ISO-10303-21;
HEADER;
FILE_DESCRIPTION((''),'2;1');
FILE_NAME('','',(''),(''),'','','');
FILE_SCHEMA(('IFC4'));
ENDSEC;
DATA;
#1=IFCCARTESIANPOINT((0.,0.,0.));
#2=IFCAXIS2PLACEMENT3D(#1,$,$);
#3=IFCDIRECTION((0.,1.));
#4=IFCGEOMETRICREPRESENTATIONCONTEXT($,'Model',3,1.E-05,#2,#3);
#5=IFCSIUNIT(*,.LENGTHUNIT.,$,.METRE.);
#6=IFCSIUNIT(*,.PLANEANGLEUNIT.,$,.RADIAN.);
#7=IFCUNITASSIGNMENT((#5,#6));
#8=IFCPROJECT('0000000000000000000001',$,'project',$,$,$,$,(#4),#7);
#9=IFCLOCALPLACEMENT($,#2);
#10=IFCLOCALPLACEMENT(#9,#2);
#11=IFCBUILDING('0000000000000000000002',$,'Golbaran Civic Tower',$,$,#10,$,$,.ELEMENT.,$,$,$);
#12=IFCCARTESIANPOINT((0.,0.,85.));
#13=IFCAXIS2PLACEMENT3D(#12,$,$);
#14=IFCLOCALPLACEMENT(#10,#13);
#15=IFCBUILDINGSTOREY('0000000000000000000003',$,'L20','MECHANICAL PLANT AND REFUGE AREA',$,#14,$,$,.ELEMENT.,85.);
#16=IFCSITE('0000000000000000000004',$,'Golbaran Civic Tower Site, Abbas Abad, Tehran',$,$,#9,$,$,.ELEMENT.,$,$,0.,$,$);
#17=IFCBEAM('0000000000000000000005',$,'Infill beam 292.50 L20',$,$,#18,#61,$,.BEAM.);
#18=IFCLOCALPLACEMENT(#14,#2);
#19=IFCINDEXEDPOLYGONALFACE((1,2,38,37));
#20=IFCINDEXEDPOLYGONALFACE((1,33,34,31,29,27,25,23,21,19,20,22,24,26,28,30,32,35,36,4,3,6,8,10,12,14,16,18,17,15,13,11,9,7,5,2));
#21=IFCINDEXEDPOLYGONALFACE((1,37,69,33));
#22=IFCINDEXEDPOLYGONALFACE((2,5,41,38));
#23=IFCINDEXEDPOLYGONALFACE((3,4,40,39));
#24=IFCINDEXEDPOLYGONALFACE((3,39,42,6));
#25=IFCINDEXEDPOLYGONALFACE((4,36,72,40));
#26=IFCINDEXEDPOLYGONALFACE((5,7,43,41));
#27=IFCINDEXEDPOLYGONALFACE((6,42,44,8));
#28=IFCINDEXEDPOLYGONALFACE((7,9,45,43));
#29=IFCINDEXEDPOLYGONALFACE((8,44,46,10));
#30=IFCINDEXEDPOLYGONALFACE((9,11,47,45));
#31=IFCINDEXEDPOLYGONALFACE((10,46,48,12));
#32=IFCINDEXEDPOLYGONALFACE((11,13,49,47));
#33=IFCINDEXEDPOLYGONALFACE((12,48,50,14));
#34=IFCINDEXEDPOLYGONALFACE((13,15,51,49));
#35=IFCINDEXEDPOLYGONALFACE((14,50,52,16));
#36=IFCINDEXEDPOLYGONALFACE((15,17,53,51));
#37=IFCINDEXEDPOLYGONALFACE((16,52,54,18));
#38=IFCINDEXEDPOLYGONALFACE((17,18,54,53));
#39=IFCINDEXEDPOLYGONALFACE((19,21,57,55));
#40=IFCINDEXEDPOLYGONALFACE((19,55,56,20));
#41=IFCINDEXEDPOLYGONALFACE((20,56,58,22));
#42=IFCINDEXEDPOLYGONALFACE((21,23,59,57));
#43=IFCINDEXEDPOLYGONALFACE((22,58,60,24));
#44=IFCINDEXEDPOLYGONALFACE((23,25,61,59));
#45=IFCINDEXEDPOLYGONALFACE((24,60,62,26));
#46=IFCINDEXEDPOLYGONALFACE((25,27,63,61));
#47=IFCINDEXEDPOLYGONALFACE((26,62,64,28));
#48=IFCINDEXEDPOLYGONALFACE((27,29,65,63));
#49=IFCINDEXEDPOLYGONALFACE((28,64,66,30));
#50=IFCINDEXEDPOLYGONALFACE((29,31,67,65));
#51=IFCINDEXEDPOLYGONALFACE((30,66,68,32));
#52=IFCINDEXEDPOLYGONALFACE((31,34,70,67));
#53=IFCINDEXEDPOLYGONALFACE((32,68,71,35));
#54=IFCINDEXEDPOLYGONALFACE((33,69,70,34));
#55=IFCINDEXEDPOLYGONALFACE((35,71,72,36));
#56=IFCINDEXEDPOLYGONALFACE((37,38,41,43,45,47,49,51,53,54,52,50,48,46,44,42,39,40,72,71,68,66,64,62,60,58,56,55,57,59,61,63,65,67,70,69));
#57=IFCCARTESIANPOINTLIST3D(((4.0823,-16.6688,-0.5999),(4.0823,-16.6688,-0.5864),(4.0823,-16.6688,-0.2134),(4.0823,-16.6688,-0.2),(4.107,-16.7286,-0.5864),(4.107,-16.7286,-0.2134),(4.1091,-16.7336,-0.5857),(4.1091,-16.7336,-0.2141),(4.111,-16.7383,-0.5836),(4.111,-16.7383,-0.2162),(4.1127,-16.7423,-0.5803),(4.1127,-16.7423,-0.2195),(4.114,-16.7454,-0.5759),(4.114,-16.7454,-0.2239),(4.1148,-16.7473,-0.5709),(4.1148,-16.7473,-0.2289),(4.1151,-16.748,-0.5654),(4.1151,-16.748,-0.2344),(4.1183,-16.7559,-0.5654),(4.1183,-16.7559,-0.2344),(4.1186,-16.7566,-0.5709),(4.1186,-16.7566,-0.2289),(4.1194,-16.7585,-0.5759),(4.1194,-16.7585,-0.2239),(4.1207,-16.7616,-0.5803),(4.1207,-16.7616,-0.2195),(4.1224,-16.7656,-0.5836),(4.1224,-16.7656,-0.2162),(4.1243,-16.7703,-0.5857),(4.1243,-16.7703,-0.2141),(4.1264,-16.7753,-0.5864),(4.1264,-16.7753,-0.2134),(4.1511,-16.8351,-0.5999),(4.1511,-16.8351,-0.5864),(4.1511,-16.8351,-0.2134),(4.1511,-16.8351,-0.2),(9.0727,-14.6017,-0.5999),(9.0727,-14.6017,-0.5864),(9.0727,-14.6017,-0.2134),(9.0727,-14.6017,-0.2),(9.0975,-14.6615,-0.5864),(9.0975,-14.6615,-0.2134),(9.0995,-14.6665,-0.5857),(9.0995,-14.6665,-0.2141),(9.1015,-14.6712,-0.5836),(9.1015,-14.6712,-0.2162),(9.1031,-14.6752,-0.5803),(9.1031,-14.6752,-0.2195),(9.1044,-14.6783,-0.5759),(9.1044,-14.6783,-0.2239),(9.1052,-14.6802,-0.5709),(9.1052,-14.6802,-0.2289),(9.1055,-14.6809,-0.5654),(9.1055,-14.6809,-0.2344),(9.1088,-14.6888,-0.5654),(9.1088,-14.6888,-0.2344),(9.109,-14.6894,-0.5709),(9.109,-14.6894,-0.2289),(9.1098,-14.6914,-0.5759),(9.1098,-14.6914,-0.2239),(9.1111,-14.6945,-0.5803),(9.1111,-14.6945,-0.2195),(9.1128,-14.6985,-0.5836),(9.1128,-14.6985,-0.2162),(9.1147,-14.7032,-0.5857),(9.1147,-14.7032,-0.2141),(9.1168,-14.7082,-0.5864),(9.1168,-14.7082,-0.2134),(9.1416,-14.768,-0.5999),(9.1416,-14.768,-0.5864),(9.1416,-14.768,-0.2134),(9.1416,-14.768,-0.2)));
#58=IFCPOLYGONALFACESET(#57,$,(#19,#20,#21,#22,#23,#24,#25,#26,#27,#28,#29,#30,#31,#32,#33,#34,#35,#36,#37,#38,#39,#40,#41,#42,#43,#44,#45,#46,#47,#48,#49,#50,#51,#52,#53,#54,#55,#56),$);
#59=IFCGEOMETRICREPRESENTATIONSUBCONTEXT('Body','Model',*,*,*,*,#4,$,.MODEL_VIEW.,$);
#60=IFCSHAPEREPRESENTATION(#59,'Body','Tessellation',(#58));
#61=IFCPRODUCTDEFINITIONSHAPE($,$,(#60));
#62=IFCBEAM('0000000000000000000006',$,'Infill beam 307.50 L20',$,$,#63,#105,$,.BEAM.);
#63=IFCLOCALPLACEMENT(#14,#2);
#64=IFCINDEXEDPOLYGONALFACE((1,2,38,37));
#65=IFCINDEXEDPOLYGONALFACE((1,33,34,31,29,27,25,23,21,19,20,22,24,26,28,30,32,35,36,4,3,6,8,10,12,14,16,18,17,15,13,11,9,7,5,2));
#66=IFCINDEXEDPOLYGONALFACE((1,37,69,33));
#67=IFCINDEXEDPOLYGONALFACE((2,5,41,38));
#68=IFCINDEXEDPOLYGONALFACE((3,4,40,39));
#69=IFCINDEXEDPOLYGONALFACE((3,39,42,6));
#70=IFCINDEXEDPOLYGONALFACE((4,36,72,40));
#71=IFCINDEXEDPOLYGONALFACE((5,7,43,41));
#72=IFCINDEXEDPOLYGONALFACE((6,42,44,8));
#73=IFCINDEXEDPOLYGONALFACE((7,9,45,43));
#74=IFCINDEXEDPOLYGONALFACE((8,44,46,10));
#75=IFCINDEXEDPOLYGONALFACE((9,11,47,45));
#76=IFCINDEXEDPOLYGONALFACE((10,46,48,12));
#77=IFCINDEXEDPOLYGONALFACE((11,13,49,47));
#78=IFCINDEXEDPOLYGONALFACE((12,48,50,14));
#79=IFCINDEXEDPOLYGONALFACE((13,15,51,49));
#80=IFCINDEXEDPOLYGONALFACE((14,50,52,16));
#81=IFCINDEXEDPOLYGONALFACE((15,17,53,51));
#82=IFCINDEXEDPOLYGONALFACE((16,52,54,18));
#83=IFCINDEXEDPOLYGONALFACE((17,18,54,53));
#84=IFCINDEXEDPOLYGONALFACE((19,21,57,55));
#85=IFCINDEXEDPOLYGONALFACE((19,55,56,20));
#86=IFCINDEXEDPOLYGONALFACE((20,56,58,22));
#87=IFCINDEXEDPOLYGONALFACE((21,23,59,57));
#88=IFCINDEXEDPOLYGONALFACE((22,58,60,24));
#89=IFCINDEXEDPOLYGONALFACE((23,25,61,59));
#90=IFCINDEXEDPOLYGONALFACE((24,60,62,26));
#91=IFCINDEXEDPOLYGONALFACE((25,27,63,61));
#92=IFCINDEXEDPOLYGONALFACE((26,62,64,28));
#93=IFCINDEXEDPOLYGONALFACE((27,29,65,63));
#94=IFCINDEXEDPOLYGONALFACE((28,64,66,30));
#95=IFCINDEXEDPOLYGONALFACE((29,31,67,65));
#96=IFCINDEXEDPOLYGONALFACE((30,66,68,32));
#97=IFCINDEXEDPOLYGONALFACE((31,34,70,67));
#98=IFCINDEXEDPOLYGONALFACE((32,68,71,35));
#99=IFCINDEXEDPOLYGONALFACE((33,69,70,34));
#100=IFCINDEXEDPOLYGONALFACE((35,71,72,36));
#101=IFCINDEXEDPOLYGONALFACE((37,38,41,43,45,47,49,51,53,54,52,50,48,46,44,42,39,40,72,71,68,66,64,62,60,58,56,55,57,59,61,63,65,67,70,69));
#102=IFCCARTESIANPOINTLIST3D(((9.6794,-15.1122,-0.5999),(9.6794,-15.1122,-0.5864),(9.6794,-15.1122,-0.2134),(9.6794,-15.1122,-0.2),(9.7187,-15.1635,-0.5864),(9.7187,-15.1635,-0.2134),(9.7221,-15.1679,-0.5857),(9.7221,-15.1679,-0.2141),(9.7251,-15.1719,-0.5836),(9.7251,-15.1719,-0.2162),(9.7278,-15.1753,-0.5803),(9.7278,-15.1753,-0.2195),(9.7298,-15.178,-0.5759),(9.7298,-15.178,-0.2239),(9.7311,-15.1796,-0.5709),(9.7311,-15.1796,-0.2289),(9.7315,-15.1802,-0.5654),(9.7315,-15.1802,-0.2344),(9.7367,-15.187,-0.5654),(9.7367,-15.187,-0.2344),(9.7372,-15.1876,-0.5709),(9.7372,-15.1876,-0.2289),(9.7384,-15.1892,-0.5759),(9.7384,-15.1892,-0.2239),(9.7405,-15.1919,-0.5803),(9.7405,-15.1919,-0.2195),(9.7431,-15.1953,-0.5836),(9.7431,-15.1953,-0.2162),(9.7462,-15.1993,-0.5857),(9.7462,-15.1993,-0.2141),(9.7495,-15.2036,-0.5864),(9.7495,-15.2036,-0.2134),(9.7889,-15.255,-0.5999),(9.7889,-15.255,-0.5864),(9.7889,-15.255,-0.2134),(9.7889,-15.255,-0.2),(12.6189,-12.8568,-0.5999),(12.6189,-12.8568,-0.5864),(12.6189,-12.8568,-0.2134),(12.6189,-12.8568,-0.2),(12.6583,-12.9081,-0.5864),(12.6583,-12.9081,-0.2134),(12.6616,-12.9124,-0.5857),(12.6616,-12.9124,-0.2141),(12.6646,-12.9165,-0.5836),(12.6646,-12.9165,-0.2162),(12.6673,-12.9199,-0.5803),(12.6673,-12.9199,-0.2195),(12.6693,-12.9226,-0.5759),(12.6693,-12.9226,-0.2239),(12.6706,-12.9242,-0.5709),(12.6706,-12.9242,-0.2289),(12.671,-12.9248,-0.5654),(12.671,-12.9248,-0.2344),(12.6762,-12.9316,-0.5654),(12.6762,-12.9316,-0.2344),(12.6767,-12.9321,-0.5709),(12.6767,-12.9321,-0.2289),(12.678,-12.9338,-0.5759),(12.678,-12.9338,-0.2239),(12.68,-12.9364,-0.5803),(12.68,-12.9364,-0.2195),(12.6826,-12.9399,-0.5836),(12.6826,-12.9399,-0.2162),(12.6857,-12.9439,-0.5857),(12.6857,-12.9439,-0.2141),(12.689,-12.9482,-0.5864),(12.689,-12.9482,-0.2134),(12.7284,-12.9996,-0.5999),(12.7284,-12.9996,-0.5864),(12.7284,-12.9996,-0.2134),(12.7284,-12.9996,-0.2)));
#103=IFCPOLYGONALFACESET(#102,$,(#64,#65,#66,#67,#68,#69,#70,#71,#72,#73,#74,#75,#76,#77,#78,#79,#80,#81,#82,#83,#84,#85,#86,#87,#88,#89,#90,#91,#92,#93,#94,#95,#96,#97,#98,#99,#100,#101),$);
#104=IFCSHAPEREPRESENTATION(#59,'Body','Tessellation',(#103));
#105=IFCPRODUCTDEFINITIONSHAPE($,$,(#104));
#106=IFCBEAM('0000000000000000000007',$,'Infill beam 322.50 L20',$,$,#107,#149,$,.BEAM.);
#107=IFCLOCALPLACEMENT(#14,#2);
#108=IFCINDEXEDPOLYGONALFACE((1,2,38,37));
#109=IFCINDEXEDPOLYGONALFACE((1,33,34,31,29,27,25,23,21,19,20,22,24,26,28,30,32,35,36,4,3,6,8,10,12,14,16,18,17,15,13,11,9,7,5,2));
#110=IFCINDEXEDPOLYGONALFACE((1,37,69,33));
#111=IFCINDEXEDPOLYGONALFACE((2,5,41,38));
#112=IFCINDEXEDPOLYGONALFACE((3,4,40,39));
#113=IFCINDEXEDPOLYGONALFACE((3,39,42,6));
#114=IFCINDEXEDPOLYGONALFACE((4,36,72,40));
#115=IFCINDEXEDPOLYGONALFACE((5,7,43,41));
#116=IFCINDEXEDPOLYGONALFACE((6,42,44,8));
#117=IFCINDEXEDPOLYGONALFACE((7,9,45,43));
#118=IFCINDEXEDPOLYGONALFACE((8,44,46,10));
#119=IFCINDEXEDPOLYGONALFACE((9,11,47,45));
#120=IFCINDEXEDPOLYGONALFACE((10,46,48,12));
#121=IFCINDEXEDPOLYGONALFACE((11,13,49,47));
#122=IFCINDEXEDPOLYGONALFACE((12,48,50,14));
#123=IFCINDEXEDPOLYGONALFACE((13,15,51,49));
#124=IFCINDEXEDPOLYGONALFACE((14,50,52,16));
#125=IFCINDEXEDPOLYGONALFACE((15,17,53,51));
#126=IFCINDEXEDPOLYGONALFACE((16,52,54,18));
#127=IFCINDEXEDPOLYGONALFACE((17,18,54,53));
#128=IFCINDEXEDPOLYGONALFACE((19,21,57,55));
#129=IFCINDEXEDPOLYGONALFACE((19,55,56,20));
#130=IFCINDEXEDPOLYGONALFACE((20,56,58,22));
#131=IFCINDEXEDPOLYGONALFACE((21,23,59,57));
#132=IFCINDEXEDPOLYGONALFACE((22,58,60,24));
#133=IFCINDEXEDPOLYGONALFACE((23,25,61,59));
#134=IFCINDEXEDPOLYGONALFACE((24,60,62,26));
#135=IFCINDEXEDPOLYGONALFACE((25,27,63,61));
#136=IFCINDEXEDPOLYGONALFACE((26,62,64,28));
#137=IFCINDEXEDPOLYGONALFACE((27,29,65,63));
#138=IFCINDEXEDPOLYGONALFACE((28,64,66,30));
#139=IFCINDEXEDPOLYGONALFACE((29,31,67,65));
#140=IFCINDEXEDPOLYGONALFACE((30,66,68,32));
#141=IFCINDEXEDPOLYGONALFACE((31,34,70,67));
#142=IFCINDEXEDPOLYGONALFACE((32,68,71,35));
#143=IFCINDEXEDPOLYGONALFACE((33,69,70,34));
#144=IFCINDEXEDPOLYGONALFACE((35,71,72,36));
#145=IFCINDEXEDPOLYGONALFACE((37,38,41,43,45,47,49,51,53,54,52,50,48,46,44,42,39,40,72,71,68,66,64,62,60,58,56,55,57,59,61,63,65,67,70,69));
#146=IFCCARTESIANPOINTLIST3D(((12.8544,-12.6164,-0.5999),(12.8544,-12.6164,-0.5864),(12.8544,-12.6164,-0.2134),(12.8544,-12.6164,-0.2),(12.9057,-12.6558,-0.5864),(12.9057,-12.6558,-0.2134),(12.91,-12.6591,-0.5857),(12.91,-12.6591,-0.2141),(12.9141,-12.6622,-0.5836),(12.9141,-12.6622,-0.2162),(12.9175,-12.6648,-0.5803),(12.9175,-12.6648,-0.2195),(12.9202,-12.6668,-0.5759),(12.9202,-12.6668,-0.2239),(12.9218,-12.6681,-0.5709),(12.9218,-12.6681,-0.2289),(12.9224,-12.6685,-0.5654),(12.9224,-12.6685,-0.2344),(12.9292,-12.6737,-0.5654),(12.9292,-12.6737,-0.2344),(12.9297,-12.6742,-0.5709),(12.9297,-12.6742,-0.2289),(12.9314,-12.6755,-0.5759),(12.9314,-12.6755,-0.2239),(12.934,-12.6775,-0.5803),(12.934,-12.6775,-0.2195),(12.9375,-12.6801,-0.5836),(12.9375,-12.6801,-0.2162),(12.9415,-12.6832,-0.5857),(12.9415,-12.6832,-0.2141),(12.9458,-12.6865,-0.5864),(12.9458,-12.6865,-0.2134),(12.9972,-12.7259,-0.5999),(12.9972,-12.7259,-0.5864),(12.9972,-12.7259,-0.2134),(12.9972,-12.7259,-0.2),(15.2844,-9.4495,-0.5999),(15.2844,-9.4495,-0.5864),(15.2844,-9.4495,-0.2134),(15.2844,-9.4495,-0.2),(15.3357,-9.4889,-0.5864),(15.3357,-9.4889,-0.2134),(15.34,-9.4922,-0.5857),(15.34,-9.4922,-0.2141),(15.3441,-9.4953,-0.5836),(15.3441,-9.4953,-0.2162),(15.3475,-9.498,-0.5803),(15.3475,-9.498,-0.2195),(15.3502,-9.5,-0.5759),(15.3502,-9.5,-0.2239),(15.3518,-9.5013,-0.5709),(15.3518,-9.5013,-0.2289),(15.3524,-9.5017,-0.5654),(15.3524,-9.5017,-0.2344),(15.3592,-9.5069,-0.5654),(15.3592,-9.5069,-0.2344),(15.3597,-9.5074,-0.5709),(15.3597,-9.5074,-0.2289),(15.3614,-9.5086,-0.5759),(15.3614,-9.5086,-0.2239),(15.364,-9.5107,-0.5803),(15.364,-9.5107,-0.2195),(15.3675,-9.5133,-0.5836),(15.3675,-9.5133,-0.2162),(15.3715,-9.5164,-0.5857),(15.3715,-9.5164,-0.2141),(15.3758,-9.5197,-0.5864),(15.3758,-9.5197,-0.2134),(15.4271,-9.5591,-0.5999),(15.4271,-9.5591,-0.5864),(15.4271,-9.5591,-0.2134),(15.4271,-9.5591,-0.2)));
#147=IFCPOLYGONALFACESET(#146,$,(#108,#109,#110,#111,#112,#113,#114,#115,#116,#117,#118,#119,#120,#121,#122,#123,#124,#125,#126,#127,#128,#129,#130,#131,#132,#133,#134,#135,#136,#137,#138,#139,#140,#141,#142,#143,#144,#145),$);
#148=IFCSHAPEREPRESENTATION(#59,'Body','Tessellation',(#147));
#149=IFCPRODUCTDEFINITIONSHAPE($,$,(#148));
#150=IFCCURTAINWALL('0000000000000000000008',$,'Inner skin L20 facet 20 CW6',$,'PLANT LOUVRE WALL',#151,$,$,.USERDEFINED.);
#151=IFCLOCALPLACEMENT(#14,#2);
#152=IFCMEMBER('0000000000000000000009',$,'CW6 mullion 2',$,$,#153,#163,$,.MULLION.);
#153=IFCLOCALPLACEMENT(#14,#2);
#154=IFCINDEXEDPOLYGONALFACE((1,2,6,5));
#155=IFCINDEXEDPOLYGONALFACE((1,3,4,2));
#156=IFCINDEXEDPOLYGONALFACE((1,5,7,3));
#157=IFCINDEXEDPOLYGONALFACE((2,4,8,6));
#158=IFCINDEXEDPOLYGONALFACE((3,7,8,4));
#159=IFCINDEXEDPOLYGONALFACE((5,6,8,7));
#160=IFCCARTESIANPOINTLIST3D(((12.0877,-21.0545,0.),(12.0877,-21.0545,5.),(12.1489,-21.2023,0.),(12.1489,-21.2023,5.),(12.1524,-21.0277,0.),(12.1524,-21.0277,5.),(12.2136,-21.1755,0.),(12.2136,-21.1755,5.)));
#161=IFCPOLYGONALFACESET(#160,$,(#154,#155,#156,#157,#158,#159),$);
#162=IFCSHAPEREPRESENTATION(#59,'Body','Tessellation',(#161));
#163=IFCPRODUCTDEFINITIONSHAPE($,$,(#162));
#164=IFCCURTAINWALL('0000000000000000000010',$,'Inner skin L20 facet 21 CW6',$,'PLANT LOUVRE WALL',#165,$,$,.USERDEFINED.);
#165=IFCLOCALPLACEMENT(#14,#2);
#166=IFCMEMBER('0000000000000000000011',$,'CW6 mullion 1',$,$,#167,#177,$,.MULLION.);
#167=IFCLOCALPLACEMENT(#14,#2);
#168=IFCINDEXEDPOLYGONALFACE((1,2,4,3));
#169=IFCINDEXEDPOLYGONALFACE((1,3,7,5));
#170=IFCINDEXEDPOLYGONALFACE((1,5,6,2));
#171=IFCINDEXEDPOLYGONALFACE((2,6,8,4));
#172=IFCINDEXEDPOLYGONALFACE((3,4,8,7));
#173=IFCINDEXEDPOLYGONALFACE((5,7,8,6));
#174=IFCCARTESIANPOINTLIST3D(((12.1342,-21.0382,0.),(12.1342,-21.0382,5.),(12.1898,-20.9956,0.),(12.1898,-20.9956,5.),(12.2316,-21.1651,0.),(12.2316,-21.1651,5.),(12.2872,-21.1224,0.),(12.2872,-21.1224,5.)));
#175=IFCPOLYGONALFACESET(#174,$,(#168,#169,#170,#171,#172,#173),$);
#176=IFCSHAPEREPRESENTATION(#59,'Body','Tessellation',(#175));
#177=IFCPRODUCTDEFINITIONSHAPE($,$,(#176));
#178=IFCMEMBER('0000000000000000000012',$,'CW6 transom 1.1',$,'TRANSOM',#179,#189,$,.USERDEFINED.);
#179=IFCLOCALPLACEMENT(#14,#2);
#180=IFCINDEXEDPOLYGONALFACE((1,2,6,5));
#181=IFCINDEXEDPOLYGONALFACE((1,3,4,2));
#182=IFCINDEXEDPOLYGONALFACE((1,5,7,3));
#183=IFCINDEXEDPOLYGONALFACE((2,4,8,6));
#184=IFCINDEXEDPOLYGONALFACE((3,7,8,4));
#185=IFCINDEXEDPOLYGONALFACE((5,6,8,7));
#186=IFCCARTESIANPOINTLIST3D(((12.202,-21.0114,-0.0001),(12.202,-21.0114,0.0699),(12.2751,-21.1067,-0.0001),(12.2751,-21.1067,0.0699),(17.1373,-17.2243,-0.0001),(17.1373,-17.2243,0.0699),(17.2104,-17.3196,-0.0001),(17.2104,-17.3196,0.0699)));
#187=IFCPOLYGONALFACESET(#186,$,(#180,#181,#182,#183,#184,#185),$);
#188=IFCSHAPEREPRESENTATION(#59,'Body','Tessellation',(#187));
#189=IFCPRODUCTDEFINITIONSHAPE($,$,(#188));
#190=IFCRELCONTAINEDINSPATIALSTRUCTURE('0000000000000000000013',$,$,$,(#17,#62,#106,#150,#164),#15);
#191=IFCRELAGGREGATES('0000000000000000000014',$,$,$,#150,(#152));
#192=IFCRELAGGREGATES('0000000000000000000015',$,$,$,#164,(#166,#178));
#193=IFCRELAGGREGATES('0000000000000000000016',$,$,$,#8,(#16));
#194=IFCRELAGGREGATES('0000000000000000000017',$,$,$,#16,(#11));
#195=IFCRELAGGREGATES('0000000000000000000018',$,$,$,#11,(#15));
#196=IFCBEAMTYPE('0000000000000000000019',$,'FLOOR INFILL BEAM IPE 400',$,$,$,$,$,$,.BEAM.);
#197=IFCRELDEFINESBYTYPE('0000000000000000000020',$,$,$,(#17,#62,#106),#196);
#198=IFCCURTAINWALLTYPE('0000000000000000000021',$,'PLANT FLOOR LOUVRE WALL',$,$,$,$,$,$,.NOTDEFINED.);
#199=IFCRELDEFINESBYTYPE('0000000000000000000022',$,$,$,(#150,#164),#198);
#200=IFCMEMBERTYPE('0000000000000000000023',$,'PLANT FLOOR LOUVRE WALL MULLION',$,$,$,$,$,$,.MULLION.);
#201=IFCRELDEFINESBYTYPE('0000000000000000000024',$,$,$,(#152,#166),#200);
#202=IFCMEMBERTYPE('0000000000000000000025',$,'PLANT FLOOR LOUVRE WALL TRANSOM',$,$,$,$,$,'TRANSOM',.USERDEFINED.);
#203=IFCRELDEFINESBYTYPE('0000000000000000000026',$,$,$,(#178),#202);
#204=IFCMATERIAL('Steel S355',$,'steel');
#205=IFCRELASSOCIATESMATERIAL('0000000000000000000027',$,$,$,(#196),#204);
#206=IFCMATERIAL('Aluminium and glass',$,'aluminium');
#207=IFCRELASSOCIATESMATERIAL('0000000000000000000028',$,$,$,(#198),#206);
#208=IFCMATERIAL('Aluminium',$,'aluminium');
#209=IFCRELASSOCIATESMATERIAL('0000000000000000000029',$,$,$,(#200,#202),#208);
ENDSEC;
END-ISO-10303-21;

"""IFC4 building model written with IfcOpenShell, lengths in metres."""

from ifc_helpers import new_model, si_unit, direction, frame, origin, origin_2d, place, context, subcontext, project, spatial, rectangle, i_section, extrude, material, material_profile, profile_set, type_object, element, aggregate, save


model = new_model("IFC4")

# Units and contexts
model_context = context("Model", 3, precision=1e-05, world=origin(), true_north=direction((0.0, 1.0)))
body_context = subcontext(model_context, "Body", "Model", "MODEL_VIEW")
ifc_project = project(units=[si_unit("LENGTHUNIT", "METRE"), si_unit("PLANEANGLEUNIT", "RADIAN")], contexts=[model_context])

# Site, building, storey
site_placement = place(None, origin())
site = spatial("IfcSite", under=ifc_project, at=site_placement, Name="Golbaran Civic Tower Site, Abbas Abad, Tehran", CompositionType="ELEMENT", RefElevation=0.0)
building_placement = place(site_placement, origin())
building = spatial("IfcBuilding", under=site, at=building_placement, Name="Golbaran Civic Tower", CompositionType="ELEMENT")
storey_placement = place(building_placement, frame((0.0, 0.0, 85.0)))
storey = spatial("IfcBuildingStorey", under=building, at=storey_placement, Name="L20", Description="MECHANICAL PLANT AND REFUGE AREA", CompositionType="ELEMENT", Elevation=85.0)

# Shared definitions
ifc_material_1 = material(Name="Steel S355", Category="steel")

# Beams
ifc_material_profile_1 = material_profile(ifc_material_1, i_section(OverallWidth=0.1799, OverallDepth=0.3999, WebThickness=0.0085, FlangeThickness=0.0134, FilletRadius=0.021, at=origin_2d()), Name="IPE 400")
ifc_profile_set_1 = profile_set([ifc_material_profile_1], Name="Steel S355")
beam_type_1 = type_object("IfcBeamType", Name="FLOOR INFILL BEAM IPE 400", PredefinedType="BEAM", material=ifc_profile_set_1)
beam_1_placement = place(storey_placement, frame((4.1167, -16.752, -0.3999), z_axis=(0.923879, 0.382686, 0.0), x_axis=(-0.382686, 0.923879, 0.0)))
element("IfcBeam", 1, at=beam_1_placement, inside=storey, type_object=beam_type_1, Name="Infill beam 292.50 L20", PredefinedType="BEAM", context=body_context, shape_type="SweptSolid", body=[
    extrude(i_section(OverallWidth=0.1799, OverallDepth=0.3999, WebThickness=0.0085, FlangeThickness=0.0134, FilletRadius=0.021, at=origin_2d()), origin(), (0.0, 0.0, 1.0), 5.4016),
])
beam_2_placement = place(storey_placement, frame((9.7341, -15.1836, -0.3999), z_axis=(0.793373, 0.608736, 0.0), x_axis=(-0.608736, 0.793373, 0.0)))
element("IfcBeam", 2, at=beam_2_placement, inside=storey, type_object=beam_type_1, Name="Infill beam 307.50 L20", PredefinedType="BEAM", context=body_context, shape_type="SweptSolid", body=[
    extrude(i_section(OverallWidth=0.1799, OverallDepth=0.3999, WebThickness=0.0085, FlangeThickness=0.0134, FilletRadius=0.021, at=origin_2d()), origin(), (0.0, 0.0, 1.0), 3.7051),
])
beam_3_placement = place(storey_placement, frame((12.9258, -12.6711, -0.3999), z_axis=(0.608761, 0.793353, 0.0), x_axis=(-0.793353, 0.608761, 0.0)))
element("IfcBeam", 3, at=beam_3_placement, inside=storey, type_object=beam_type_1, Name="Infill beam 322.50 L20", PredefinedType="BEAM", context=body_context, shape_type="SweptSolid", body=[
    extrude(i_section(OverallWidth=0.1799, OverallDepth=0.3999, WebThickness=0.0085, FlangeThickness=0.0134, FilletRadius=0.021, at=origin_2d()), origin(), (0.0, 0.0, 1.0), 3.9917),
])

# Curtain wall, member
ifc_material_2 = material(Name="Aluminium and glass", Category="aluminium")
curtain_wall_type = type_object("IfcCurtainWallType", Name="PLANT FLOOR LOUVRE WALL", PredefinedType="NOTDEFINED", material=ifc_material_2)
curtain_wall_1_placement = place(storey_placement, origin())
curtain_wall_1 = element("IfcCurtainWall", 4, at=curtain_wall_1_placement, inside=storey, type_object=curtain_wall_type, Name="Inner skin L20 facet 20 CW6", ObjectType="PLANT LOUVRE WALL", PredefinedType="USERDEFINED")
ifc_material_3 = material(Name="Aluminium", Category="aluminium")
ifc_material_profile_2 = material_profile(ifc_material_3, rectangle(XDim=0.1599, YDim=0.0701, at=origin_2d()), Name="PLANT FLOOR LOUVRE WALL MULLION")
ifc_profile_set_2 = profile_set([ifc_material_profile_2], Name="Aluminium")
member_type_1 = type_object("IfcMemberType", Name="PLANT FLOOR LOUVRE WALL MULLION", PredefinedType="MULLION", material=ifc_profile_set_2)
member_1_placement = place(storey_placement, frame((12.1506, -21.115, 0.0), z_axis=(0.0, 0.0, 1.0), x_axis=(-0.382683, 0.92388, 0.0)))
member_1 = element("IfcMember", 5, at=member_1_placement, type_object=member_type_1, Name="CW6 mullion 2", PredefinedType="MULLION", context=body_context, shape_type="SweptSolid", body=[
    extrude(rectangle(XDim=0.1599, YDim=0.0701, at=origin_2d()), origin(), (0.0, 0.0, 1.0), 5.0),
])
aggregate(curtain_wall_1, [member_1])

# Curtain wall, members
curtain_wall_2_placement = place(storey_placement, origin())
curtain_wall_2 = element("IfcCurtainWall", 6, at=curtain_wall_2_placement, inside=storey, type_object=curtain_wall_type, Name="Inner skin L20 facet 21 CW6", ObjectType="PLANT LOUVRE WALL", PredefinedType="USERDEFINED")
member_2_placement = place(storey_placement, frame((12.2107, -21.0803, 0.0), z_axis=(0.0, 0.0, 1.0), x_axis=(-0.608761, 0.793353, 0.0)))
member_2 = element("IfcMember", 7, at=member_2_placement, type_object=member_type_1, Name="CW6 mullion 1", PredefinedType="MULLION", context=body_context, shape_type="SweptSolid", body=[
    extrude(rectangle(XDim=0.1599, YDim=0.0701, at=origin_2d()), origin(), (0.0, 0.0, 1.0), 5.0),
])
ifc_material_profile_3 = material_profile(ifc_material_3, rectangle(XDim=0.1201, YDim=0.0701, at=origin_2d()), Name="PLANT FLOOR LOUVRE WALL TRANSOM")
ifc_profile_set_3 = profile_set([ifc_material_profile_3], Name="Aluminium")
member_type_2 = type_object("IfcMemberType", Name="PLANT FLOOR LOUVRE WALL TRANSOM", ElementType="TRANSOM", PredefinedType="USERDEFINED", material=ifc_profile_set_3)
member_3_placement = place(storey_placement, frame((12.2385, -21.0591, 0.0349), z_axis=(0.793344, 0.608773, 0.0), x_axis=(-0.608773, 0.793344, 0.0)))
member_3 = element("IfcMember", 8, at=member_3_placement, type_object=member_type_2, Name="CW6 transom 1.1", ObjectType="TRANSOM", PredefinedType="USERDEFINED", context=body_context, shape_type="SweptSolid", body=[
    extrude(rectangle(XDim=0.1201, YDim=0.0701, at=origin_2d()), origin(), (0.0, 0.0, 1.0), 6.2209),
])
aggregate(curtain_wall_2, [member_2, member_3])

save(model, "model.ifc")
